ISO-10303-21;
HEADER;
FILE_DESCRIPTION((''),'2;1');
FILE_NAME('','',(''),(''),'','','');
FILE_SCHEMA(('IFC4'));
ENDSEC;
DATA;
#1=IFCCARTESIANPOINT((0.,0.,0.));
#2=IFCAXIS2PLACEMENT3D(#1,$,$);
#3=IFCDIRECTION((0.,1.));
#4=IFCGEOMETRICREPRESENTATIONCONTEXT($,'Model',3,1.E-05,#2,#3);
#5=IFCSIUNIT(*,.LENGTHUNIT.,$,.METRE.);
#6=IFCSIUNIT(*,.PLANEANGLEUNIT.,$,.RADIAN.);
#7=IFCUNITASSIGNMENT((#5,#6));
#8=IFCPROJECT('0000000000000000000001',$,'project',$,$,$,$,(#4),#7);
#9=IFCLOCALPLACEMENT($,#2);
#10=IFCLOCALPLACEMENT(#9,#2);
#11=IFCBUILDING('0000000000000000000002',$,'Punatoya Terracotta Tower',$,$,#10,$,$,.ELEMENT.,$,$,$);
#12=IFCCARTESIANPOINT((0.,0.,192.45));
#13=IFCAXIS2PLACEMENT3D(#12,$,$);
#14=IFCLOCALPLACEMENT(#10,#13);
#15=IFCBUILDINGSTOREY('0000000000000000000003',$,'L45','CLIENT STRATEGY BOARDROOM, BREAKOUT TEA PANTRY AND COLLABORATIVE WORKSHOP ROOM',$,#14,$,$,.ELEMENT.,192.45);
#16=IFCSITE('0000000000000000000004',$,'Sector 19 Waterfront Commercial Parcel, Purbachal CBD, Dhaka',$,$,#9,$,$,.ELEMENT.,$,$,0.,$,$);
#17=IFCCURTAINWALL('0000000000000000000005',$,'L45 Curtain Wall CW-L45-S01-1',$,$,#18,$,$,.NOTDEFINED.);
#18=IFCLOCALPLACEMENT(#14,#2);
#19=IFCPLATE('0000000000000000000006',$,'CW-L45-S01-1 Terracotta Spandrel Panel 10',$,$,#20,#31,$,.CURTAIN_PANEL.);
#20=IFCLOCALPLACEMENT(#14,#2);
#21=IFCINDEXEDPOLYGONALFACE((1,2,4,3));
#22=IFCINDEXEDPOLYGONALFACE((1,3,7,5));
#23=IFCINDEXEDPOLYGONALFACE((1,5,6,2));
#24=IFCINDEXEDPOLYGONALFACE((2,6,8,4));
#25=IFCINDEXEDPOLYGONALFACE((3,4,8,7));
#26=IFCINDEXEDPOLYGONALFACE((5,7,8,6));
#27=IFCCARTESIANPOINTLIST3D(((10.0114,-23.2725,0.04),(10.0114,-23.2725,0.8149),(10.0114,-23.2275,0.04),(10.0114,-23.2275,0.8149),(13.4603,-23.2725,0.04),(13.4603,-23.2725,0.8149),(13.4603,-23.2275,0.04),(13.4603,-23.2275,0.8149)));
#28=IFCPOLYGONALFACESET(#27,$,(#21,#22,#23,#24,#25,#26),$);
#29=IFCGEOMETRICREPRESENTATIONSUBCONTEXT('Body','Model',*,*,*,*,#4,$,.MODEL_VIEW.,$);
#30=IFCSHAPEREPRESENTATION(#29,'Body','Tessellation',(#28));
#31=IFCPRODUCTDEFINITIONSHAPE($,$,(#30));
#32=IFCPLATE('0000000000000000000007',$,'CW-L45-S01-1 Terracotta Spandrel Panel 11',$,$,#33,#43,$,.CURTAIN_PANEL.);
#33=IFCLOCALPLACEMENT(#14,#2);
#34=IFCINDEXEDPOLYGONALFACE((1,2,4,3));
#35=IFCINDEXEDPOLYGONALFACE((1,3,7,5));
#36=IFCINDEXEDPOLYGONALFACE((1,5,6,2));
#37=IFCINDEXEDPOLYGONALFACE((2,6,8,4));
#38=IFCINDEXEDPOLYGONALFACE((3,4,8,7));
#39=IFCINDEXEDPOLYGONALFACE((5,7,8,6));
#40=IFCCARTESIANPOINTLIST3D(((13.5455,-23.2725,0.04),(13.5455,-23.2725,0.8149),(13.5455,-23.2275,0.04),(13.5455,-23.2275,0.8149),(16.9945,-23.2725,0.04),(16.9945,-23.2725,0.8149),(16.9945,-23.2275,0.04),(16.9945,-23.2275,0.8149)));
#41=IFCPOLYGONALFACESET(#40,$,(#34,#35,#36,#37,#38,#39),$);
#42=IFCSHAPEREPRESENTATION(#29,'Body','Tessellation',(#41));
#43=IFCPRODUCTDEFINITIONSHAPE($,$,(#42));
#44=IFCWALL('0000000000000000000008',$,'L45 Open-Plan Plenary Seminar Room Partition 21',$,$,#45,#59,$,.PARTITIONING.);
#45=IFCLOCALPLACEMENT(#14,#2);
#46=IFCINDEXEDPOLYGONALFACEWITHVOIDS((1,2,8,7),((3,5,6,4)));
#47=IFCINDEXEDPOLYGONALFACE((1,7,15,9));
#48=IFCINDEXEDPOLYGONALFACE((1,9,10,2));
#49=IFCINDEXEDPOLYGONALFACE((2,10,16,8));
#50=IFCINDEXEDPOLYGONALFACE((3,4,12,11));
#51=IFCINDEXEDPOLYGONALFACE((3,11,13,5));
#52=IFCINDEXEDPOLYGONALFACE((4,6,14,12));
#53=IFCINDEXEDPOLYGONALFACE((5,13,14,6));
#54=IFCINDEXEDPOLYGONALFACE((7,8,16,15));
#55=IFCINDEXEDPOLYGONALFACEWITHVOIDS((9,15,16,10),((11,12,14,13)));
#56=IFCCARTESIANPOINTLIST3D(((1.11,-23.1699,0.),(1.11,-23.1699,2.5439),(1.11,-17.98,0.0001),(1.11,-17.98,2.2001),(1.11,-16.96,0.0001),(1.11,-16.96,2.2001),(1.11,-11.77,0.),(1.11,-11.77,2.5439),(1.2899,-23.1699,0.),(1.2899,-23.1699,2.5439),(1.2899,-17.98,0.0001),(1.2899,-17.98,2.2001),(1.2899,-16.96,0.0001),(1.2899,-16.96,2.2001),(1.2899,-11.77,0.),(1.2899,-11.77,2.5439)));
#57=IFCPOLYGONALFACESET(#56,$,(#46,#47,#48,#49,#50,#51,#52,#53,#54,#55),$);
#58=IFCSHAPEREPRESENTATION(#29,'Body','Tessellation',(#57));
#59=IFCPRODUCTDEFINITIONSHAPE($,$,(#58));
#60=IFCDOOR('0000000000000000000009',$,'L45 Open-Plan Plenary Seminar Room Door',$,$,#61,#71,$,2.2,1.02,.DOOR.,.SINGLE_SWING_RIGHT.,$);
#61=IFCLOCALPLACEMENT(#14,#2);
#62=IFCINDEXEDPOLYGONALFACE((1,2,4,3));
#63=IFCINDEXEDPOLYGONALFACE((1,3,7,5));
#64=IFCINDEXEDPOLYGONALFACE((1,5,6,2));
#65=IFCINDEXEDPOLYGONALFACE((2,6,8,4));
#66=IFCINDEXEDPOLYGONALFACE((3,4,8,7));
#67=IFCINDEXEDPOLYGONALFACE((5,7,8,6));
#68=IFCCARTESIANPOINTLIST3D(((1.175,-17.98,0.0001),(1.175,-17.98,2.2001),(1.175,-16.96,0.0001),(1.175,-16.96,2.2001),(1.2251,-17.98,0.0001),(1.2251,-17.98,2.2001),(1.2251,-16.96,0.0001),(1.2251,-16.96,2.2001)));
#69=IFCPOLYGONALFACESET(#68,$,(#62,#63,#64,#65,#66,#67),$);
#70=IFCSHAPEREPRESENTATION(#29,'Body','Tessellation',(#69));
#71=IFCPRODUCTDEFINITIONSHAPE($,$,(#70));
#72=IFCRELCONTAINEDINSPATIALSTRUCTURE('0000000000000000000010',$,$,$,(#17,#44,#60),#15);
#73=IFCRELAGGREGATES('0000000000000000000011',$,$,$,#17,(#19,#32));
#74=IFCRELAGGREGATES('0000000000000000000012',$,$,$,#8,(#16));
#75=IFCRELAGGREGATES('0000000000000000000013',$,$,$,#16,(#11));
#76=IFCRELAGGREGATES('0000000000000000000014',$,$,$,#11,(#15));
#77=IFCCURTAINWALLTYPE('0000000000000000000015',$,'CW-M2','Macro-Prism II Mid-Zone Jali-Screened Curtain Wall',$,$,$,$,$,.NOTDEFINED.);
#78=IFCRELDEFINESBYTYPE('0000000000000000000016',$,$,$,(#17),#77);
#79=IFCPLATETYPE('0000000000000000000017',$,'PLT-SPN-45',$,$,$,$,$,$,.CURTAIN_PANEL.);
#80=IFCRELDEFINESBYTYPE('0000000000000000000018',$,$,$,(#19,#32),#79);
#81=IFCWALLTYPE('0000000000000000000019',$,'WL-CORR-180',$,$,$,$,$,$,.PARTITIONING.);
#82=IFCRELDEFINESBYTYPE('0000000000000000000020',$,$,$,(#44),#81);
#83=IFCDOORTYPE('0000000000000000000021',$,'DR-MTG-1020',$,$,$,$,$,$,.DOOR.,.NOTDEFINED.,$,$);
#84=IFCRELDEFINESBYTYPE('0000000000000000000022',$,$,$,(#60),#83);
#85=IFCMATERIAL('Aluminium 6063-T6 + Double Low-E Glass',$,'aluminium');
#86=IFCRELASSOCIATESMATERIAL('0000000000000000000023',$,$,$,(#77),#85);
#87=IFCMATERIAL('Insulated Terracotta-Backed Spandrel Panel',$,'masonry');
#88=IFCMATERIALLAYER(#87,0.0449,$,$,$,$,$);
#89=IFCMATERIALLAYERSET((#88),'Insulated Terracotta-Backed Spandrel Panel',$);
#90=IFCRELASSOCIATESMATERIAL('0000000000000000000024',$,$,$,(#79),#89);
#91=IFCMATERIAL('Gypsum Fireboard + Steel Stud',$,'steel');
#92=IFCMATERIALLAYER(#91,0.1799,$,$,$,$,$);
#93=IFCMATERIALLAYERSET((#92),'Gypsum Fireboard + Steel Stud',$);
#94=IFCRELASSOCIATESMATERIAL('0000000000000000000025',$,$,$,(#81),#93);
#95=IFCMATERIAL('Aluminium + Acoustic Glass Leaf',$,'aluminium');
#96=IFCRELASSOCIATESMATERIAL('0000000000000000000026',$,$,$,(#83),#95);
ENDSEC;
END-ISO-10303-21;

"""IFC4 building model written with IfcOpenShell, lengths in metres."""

from ifc_helpers import new_model, si_unit, direction, frame, frame_2d, origin, origin_2d, place, context, subcontext, project, spatial, rectangle, extrude, material, layer, layer_set, type_object, element, fill, aggregate, save


model = new_model("IFC4")

# Units and contexts
model_context = context("Model", 3, precision=1e-05, world=origin(), true_north=direction((0.0, 1.0)))
body_context = subcontext(model_context, "Body", "Model", "MODEL_VIEW")
ifc_project = project(units=[si_unit("LENGTHUNIT", "METRE"), si_unit("PLANEANGLEUNIT", "RADIAN")], contexts=[model_context])

# Site, building, storey
site_placement = place(None, origin())
site = spatial("IfcSite", under=ifc_project, at=site_placement, Name="Sector 19 Waterfront Commercial Parcel, Purbachal CBD, Dhaka", CompositionType="ELEMENT", RefElevation=0.0)
building_placement = place(site_placement, origin())
building = spatial("IfcBuilding", under=site, at=building_placement, Name="Punatoya Terracotta Tower", CompositionType="ELEMENT")
storey_placement = place(building_placement, frame((0.0, 0.0, 192.45)))
storey = spatial("IfcBuildingStorey", under=building, at=storey_placement, Name="L45", Description="CLIENT STRATEGY BOARDROOM, BREAKOUT TEA PANTRY AND COLLABORATIVE WORKSHOP ROOM", CompositionType="ELEMENT", Elevation=192.45)

# Curtain wall
ifc_material_1 = material(Name="Aluminium 6063-T6 + Double Low-E Glass", Category="aluminium")
curtain_wall_type = type_object("IfcCurtainWallType", Name="CW-M2", Description="Macro-Prism II Mid-Zone Jali-Screened Curtain Wall", PredefinedType="NOTDEFINED", material=ifc_material_1)
curtain_wall_1_placement = place(storey_placement, origin())
curtain_wall_1 = element("IfcCurtainWall", 1, at=curtain_wall_1_placement, inside=storey, type_object=curtain_wall_type, Name="L45 Curtain Wall CW-L45-S01-1", PredefinedType="NOTDEFINED")

# Plates
ifc_material_2 = material(Name="Insulated Terracotta-Backed Spandrel Panel", Category="masonry")
ifc_layer_1 = layer(ifc_material_2, 0.0449)
ifc_layer_set_1 = layer_set([ifc_layer_1], Name="Insulated Terracotta-Backed Spandrel Panel")
plate_type_1 = type_object("IfcPlateType", Name="PLT-SPN-45", PredefinedType="CURTAIN_PANEL", material=ifc_layer_set_1)
plate_1_placement = place(storey_placement, frame((11.7358, -23.25, 0.04), z_axis=(0.0, 0.0, 1.0), x_axis=(1.0, 0.0, 0.0)))
plate_1 = element("IfcPlate", 2, at=plate_1_placement, type_object=plate_type_1, Name="CW-L45-S01-1 Terracotta Spandrel Panel 10", PredefinedType="CURTAIN_PANEL", context=body_context, shape_type="SweptSolid", body=[
    extrude(rectangle(XDim=3.449, YDim=0.0449, at=origin_2d()), origin(), (0.0, 0.0, 1.0), 0.7749),
])
plate_2_placement = place(storey_placement, frame((15.27, -23.25, 0.04), z_axis=(0.0, 0.0, 1.0), x_axis=(1.0, 0.0, 0.0)))
plate_2 = element("IfcPlate", 3, at=plate_2_placement, type_object=plate_type_1, Name="CW-L45-S01-1 Terracotta Spandrel Panel 11", PredefinedType="CURTAIN_PANEL", context=body_context, shape_type="SweptSolid", body=[
    extrude(rectangle(XDim=3.449, YDim=0.0449, at=origin_2d()), origin(), (0.0, 0.0, 1.0), 0.7749),
])
aggregate(curtain_wall_1, [plate_1, plate_2])

# Wall, opening, door
ifc_material_3 = material(Name="Gypsum Fireboard + Steel Stud", Category="steel")
ifc_layer_2 = layer(ifc_material_3, 0.1799)
ifc_layer_set_2 = layer_set([ifc_layer_2], Name="Gypsum Fireboard + Steel Stud")
wall_type = type_object("IfcWallType", Name="WL-CORR-180", PredefinedType="PARTITIONING", material=ifc_layer_set_2)
wall_placement = place(storey_placement, frame((1.2, -23.1699, 0.0), z_axis=(0.0, 0.0, 1.0), x_axis=(0.0, 1.0, 0.0)))
wall = element("IfcWall", 4, at=wall_placement, inside=storey, type_object=wall_type, Name="L45 Open-Plan Plenary Seminar Room Partition 21", PredefinedType="PARTITIONING", context=body_context, shape_type="SweptSolid", body=[
    extrude(rectangle(XDim=11.3999, YDim=0.1799, at=frame_2d((5.7, 0.0))), origin(), (0.0, 0.0, 1.0), 2.5439),
])
opening_placement = place(wall_placement, frame((5.1899, 0.0, 0.0)))
opening = element("IfcOpeningElement", 5, at=opening_placement, cuts=wall, PredefinedType="OPENING", context=body_context, shape_type="SweptSolid", body=[
    extrude(rectangle(XDim=1.02, YDim=2.2, at=frame_2d((0.51, 1.1001))), frame((0.0, 0.0999, 0.0), z_axis=(0.0, -1.0, 0.0), x_axis=(1.0, 0.0, 0.0)), (0.0, 0.0, 1.0), 0.2),
])
ifc_material_4 = material(Name="Aluminium + Acoustic Glass Leaf", Category="aluminium")
door_type = type_object("IfcDoorType", Name="DR-MTG-1020", OperationType="NOTDEFINED", PredefinedType="DOOR", material=ifc_material_4)
door_placement = place(opening_placement, origin())
door = element("IfcDoor", 6, at=door_placement, inside=storey, type_object=door_type, Name="L45 Open-Plan Plenary Seminar Room Door", OperationType="SINGLE_SWING_RIGHT", OverallHeight=2.2, OverallWidth=1.02, PredefinedType="DOOR", context=body_context, shape_type="SweptSolid", body=[
    extrude(rectangle(XDim=1.02, YDim=2.2, at=frame_2d((0.51, 1.1001))), frame((0.0, 0.0249, 0.0), z_axis=(0.0, -1.0, 0.0), x_axis=(1.0, 0.0, 0.0)), (0.0, 0.0, 1.0), 0.05),
])
fill(opening, door)

save(model, "model.ifc")
